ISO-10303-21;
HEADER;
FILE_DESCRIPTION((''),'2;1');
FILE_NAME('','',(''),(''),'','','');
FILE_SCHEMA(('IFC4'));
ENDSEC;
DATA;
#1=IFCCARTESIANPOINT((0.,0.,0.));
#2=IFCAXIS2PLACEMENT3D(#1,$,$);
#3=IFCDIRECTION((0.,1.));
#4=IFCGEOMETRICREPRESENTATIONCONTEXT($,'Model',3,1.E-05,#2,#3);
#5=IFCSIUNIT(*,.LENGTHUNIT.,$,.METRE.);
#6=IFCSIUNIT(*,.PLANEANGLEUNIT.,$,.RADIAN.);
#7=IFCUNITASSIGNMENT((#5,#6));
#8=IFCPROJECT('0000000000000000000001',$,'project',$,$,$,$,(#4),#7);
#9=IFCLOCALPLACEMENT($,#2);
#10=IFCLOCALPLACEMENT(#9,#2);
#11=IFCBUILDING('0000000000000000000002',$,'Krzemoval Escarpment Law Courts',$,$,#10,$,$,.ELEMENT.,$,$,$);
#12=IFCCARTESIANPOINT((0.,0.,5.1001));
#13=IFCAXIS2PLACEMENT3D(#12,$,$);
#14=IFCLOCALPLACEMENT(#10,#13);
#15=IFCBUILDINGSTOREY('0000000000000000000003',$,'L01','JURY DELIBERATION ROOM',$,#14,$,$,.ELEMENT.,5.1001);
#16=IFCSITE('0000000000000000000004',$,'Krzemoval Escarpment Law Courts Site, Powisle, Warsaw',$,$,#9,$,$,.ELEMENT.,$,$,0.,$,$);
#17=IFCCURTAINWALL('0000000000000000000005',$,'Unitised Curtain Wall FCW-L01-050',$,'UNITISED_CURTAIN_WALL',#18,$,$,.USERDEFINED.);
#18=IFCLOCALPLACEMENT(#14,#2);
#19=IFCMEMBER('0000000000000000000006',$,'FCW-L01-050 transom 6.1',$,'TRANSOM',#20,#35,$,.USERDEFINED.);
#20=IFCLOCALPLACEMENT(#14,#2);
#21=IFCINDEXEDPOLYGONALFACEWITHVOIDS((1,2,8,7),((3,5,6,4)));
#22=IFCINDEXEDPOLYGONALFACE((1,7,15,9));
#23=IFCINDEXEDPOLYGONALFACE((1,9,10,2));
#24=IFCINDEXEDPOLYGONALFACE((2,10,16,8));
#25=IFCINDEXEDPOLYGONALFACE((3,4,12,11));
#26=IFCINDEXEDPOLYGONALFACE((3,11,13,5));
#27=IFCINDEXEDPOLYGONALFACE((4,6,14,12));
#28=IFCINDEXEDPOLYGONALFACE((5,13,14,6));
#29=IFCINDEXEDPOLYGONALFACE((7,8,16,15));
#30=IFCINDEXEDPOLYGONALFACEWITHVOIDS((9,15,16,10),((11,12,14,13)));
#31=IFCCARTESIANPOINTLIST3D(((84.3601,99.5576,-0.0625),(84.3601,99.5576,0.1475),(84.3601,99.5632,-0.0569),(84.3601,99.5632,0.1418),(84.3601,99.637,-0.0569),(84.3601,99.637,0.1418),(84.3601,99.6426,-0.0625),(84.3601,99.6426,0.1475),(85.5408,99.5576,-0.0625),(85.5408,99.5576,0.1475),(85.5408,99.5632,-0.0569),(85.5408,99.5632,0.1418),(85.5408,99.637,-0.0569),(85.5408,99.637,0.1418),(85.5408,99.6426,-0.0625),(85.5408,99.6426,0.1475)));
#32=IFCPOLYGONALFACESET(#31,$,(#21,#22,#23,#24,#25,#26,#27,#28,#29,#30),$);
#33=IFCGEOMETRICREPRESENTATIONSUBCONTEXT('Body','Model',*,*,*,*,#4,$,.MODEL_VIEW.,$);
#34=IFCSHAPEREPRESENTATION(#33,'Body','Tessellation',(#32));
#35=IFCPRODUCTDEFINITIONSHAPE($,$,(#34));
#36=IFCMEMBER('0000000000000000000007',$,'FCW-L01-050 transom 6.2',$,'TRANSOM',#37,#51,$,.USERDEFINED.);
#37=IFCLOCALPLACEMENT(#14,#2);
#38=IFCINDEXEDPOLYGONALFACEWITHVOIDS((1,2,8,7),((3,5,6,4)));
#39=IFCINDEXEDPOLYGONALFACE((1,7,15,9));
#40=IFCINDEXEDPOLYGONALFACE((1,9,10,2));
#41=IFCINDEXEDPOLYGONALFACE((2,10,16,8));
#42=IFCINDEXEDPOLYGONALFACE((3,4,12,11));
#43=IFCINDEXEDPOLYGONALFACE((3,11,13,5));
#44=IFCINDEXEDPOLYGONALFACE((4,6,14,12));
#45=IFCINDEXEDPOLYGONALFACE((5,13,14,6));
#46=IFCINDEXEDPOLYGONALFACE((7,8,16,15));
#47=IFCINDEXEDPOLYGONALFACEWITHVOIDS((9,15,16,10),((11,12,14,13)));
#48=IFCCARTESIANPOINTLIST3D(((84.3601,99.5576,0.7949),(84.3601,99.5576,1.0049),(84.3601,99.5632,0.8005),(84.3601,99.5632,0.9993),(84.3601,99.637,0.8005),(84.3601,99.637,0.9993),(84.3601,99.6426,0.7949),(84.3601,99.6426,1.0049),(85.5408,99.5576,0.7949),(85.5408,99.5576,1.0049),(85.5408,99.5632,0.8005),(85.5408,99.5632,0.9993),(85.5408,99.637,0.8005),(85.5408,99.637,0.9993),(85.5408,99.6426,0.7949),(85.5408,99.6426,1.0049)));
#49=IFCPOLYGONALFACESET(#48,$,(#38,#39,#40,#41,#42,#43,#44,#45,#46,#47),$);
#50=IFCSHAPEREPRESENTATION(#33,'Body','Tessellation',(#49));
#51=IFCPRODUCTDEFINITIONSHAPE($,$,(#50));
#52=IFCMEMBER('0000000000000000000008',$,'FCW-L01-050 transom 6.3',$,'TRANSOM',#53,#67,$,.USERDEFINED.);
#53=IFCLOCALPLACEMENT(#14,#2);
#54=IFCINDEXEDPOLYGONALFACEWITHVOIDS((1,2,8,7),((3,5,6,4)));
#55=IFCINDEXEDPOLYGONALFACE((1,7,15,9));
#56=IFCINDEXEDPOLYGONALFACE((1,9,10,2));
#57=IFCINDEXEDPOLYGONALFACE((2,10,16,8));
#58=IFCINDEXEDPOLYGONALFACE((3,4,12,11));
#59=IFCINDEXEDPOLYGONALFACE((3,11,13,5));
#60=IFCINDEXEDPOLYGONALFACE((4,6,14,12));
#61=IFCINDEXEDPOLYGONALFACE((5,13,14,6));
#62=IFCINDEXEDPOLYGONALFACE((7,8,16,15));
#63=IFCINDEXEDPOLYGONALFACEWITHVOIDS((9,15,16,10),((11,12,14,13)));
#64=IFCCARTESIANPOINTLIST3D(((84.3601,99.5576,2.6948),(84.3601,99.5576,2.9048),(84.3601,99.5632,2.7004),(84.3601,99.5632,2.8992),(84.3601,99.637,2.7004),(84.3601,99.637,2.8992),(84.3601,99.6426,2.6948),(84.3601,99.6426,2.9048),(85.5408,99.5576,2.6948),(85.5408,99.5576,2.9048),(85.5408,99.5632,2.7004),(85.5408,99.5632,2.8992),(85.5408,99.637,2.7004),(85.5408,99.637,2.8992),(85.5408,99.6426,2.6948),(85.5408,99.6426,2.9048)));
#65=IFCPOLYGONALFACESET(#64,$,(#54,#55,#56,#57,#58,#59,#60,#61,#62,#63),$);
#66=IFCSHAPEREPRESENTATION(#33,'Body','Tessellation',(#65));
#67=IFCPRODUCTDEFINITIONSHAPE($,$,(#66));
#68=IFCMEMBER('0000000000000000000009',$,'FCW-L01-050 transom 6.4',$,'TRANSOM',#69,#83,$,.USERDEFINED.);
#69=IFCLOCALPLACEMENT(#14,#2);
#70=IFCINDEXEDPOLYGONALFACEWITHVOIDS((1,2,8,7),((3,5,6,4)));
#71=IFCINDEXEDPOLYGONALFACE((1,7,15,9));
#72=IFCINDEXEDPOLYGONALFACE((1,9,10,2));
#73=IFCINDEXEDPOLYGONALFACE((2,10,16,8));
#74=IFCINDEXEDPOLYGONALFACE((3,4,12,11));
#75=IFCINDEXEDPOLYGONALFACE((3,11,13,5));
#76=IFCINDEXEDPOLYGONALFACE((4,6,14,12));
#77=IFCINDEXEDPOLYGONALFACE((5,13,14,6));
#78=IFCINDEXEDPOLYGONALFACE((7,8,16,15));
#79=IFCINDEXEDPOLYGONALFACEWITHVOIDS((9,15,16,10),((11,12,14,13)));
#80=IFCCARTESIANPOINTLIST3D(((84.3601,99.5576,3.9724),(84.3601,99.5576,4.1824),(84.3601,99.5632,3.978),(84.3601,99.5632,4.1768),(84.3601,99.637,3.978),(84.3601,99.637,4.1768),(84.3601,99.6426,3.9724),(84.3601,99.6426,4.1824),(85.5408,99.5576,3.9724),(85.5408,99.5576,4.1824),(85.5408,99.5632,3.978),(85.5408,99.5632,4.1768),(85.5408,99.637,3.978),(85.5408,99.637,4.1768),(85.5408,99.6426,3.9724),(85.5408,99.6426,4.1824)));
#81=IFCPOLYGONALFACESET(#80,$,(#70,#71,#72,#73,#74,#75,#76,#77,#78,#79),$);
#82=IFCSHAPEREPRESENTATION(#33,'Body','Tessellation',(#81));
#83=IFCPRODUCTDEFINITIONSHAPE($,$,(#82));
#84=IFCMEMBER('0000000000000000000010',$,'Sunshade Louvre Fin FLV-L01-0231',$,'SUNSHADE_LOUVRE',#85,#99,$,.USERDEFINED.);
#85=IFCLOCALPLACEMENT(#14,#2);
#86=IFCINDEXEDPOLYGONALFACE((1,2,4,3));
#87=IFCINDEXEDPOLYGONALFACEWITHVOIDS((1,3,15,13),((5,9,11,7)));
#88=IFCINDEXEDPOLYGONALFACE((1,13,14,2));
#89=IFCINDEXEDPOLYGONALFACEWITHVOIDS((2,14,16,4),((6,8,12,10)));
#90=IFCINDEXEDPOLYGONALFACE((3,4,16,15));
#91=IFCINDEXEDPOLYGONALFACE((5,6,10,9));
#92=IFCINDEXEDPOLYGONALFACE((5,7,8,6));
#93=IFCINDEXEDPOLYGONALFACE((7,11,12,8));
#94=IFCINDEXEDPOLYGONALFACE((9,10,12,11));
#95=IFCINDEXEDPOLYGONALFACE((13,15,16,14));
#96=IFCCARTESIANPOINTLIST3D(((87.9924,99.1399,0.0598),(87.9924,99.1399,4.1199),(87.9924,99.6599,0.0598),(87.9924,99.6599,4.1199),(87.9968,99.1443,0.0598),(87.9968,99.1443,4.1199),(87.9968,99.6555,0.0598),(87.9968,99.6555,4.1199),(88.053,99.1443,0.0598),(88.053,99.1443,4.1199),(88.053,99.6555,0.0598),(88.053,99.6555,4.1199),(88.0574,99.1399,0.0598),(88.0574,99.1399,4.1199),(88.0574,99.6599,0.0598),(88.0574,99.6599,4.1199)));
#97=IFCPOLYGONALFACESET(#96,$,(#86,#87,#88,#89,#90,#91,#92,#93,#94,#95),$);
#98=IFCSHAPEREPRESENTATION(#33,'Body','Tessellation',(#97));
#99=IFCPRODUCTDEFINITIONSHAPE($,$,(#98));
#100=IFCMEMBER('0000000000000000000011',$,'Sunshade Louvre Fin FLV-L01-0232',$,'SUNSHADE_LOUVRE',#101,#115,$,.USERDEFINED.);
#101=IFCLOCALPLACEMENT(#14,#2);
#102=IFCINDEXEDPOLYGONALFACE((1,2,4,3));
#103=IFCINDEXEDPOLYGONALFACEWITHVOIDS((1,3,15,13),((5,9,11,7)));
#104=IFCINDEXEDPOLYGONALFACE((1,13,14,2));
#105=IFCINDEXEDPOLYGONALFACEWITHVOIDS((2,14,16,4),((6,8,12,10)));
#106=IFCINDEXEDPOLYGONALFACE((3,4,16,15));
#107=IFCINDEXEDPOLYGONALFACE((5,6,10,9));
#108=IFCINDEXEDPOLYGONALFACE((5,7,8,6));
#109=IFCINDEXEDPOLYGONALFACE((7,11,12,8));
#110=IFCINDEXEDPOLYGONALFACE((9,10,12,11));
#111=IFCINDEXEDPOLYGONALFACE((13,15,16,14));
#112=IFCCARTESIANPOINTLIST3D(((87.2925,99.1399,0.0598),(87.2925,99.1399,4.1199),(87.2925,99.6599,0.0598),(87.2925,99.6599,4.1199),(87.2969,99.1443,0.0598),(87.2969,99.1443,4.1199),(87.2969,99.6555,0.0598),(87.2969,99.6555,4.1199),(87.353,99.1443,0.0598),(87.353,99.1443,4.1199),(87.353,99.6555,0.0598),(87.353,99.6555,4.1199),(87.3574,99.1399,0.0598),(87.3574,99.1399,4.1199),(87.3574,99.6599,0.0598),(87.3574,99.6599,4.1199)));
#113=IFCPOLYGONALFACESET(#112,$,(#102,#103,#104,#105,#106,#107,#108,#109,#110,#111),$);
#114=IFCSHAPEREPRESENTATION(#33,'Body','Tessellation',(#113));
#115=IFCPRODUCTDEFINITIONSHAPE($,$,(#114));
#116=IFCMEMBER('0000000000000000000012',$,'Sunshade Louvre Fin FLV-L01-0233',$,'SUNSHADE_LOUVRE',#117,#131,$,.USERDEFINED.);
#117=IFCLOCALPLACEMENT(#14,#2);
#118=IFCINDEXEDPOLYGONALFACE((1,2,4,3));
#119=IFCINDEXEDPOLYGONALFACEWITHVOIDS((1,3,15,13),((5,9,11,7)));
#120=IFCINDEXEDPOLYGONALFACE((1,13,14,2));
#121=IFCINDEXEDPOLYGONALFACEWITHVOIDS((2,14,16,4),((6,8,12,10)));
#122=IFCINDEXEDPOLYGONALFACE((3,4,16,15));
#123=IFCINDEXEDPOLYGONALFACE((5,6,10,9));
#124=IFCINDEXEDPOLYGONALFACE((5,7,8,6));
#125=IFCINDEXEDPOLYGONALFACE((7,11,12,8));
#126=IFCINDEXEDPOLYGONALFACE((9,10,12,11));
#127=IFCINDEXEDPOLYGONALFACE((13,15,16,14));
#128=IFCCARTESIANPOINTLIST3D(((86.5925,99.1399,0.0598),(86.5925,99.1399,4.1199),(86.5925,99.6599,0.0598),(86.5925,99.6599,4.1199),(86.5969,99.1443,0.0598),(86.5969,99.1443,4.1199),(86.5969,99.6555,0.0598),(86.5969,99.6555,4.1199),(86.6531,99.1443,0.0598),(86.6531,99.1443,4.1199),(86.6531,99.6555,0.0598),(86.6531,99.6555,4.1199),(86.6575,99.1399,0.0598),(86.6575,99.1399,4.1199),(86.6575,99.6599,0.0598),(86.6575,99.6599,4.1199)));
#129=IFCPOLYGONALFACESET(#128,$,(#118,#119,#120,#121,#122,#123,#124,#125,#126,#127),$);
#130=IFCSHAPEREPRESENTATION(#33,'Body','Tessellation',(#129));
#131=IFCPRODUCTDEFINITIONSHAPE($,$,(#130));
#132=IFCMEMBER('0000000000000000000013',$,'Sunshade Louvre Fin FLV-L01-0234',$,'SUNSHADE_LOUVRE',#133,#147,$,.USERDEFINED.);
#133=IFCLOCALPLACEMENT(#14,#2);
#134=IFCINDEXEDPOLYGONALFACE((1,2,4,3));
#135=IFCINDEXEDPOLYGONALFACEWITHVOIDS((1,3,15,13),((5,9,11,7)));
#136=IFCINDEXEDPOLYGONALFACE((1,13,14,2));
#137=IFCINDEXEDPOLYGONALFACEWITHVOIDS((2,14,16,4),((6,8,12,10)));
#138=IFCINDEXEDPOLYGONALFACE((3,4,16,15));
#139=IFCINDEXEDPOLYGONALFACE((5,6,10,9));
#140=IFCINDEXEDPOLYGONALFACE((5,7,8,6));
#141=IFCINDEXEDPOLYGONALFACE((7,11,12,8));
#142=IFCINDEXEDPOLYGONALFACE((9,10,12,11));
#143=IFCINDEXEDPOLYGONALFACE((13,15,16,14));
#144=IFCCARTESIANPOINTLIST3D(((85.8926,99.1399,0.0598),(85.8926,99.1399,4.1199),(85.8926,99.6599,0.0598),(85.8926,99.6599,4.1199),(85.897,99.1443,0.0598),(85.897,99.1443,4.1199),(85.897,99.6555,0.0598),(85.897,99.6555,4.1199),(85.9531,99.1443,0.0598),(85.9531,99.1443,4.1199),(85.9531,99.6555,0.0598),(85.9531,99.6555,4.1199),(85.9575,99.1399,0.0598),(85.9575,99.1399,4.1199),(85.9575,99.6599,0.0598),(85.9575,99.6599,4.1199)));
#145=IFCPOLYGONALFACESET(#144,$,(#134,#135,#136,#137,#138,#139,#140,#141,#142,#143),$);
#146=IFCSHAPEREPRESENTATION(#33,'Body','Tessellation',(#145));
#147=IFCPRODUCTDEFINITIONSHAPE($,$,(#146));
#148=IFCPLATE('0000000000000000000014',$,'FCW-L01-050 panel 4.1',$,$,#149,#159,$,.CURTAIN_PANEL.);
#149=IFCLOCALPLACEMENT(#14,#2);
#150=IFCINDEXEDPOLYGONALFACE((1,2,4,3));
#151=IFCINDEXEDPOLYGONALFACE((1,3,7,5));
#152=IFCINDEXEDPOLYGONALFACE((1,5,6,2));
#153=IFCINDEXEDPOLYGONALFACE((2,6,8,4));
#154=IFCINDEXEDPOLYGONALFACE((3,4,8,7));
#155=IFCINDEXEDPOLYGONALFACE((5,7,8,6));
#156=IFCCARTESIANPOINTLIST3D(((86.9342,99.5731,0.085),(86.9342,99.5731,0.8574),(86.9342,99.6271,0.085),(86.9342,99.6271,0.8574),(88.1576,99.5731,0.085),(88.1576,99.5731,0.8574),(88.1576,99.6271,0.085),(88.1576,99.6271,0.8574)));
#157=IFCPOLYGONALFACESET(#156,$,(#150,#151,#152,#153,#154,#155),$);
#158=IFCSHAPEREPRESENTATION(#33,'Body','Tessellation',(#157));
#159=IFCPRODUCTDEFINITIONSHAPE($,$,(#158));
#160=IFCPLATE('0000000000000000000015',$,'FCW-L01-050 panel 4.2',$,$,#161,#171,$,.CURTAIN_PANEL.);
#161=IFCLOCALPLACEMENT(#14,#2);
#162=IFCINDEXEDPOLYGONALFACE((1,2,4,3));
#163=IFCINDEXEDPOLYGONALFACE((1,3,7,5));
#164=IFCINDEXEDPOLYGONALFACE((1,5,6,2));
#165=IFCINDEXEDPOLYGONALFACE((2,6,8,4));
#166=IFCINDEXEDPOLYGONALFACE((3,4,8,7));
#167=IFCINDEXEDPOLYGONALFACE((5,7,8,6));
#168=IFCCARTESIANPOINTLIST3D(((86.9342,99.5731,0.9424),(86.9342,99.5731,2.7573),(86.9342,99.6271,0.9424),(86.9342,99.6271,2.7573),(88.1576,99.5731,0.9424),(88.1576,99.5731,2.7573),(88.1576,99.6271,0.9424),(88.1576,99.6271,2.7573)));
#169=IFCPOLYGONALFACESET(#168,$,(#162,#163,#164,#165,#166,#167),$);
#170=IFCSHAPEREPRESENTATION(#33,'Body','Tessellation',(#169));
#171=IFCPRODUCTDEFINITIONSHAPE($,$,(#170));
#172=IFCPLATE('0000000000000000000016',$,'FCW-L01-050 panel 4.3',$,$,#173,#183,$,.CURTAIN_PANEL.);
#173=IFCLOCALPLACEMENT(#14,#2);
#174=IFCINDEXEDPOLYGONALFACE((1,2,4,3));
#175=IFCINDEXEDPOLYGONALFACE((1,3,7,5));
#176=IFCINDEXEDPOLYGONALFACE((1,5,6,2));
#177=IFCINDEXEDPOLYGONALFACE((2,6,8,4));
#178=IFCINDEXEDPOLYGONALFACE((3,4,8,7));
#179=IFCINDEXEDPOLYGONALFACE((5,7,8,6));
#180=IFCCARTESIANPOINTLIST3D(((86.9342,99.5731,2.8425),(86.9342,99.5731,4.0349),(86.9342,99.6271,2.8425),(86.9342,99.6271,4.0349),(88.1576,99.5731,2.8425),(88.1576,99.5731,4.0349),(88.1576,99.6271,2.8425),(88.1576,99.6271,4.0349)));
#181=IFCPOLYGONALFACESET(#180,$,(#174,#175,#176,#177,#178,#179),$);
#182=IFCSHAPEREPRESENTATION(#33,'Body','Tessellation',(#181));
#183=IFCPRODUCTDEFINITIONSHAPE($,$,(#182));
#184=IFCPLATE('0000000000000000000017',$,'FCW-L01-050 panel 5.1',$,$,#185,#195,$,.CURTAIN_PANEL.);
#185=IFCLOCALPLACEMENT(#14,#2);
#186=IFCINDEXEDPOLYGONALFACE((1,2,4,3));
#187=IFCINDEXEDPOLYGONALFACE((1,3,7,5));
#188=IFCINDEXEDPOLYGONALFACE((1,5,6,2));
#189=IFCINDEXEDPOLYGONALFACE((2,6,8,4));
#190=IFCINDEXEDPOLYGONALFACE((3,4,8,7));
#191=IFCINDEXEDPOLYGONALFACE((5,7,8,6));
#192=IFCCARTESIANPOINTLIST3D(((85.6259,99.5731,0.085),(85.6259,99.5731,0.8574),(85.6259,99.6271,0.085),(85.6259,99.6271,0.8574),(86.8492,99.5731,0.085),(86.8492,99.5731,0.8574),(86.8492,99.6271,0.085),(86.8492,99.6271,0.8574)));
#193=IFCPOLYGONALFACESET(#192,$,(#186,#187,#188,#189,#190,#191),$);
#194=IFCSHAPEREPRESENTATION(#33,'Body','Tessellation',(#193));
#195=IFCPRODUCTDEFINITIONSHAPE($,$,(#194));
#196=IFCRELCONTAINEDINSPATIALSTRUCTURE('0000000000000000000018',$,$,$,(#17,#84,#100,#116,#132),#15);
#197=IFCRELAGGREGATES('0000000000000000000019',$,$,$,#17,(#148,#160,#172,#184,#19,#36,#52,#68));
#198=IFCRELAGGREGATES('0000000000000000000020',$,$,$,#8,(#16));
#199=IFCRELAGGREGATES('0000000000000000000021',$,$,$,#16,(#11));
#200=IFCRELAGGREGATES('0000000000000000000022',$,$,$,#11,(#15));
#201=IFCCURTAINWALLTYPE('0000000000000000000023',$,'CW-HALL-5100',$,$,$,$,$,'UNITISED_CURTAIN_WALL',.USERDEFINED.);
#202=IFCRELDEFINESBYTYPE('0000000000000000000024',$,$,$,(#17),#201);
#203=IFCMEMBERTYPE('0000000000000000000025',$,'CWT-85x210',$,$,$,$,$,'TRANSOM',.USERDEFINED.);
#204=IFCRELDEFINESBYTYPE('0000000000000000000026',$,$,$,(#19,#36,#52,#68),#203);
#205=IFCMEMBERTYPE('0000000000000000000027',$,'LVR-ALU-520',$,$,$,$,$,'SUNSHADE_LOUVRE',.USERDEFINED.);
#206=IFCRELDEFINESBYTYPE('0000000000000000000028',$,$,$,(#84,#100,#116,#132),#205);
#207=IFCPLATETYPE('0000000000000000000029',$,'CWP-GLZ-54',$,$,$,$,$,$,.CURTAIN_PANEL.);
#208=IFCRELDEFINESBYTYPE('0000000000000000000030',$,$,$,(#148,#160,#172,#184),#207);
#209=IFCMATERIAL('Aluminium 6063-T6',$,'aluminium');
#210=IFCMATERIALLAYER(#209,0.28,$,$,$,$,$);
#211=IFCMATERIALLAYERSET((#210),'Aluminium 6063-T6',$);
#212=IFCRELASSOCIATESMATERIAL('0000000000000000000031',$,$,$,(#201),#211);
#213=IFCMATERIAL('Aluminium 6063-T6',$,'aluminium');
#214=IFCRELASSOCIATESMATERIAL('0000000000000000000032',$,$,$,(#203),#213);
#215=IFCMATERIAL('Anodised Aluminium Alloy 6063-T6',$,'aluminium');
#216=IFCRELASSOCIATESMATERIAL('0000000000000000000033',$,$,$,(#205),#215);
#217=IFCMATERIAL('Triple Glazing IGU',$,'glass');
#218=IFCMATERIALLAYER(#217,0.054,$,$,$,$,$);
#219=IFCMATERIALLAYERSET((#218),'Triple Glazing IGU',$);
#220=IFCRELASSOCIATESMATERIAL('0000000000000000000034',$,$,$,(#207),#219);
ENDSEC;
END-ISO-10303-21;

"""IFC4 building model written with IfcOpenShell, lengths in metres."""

from ifc_helpers import new_model, si_unit, direction, frame, origin, origin_2d, place, context, subcontext, project, spatial, rectangle, hollow_rectangle, extrude, material, layer, layer_set, material_profile, profile_set, type_object, element, aggregate, save


model = new_model("IFC4")

# Units and contexts
model_context = context("Model", 3, precision=1e-05, world=origin(), true_north=direction((0.0, 1.0)))
body_context = subcontext(model_context, "Body", "Model", "MODEL_VIEW")
ifc_project = project(units=[si_unit("LENGTHUNIT", "METRE"), si_unit("PLANEANGLEUNIT", "RADIAN")], contexts=[model_context])

# Site, building, storey
site_placement = place(None, origin())
site = spatial("IfcSite", under=ifc_project, at=site_placement, Name="Krzemoval Escarpment Law Courts Site, Powisle, Warsaw", CompositionType="ELEMENT", RefElevation=0.0)
building_placement = place(site_placement, origin())
building = spatial("IfcBuilding", under=site, at=building_placement, Name="Krzemoval Escarpment Law Courts", CompositionType="ELEMENT")
storey_placement = place(building_placement, frame((0.0, 0.0, 5.1001)))
storey = spatial("IfcBuildingStorey", under=building, at=storey_placement, Name="L01", Description="JURY DELIBERATION ROOM", CompositionType="ELEMENT", Elevation=5.1001)

# Curtain wall, members
ifc_material_1 = material(Name="Aluminium 6063-T6", Category="aluminium")
ifc_layer_1 = layer(ifc_material_1, 0.28)
ifc_layer_set_1 = layer_set([ifc_layer_1], Name="Aluminium 6063-T6")
curtain_wall_type = type_object("IfcCurtainWallType", Name="CW-HALL-5100", ElementType="UNITISED_CURTAIN_WALL", PredefinedType="USERDEFINED", material=ifc_layer_set_1)
curtain_wall_placement = place(storey_placement, origin())
curtain_wall = element("IfcCurtainWall", 1, at=curtain_wall_placement, inside=storey, type_object=curtain_wall_type, Name="Unitised Curtain Wall FCW-L01-050", ObjectType="UNITISED_CURTAIN_WALL", PredefinedType="USERDEFINED")
ifc_material_2 = material(Name="Aluminium 6063-T6", Category="aluminium")
ifc_material_profile_1 = material_profile(ifc_material_2, hollow_rectangle(XDim=0.085, YDim=0.21, WallThickness=0.0056, at=origin_2d()), Name="ALU T85x210")
ifc_profile_set_1 = profile_set([ifc_material_profile_1], Name="Aluminium 6063-T6")
member_type_1 = type_object("IfcMemberType", Name="CWT-85x210", ElementType="TRANSOM", PredefinedType="USERDEFINED", material=ifc_profile_set_1)
member_1_placement = place(storey_placement, frame((85.5408, 99.6001, 0.0425), z_axis=(-1.0, 0.0, 0.0), x_axis=(0.0, -1.0, 0.0)))
member_1 = element("IfcMember", 2, at=member_1_placement, type_object=member_type_1, Name="FCW-L01-050 transom 6.1", ObjectType="TRANSOM", PredefinedType="USERDEFINED", context=body_context, shape_type="SweptSolid", body=[
    extrude(hollow_rectangle(XDim=0.085, YDim=0.21, WallThickness=0.0056, at=origin_2d()), origin(), (0.0, 0.0, 1.0), 1.1807),
])
member_2_placement = place(storey_placement, frame((85.5408, 99.6001, 0.8999), z_axis=(-1.0, 0.0, 0.0), x_axis=(0.0, -1.0, 0.0)))
member_2 = element("IfcMember", 3, at=member_2_placement, type_object=member_type_1, Name="FCW-L01-050 transom 6.2", ObjectType="TRANSOM", PredefinedType="USERDEFINED", context=body_context, shape_type="SweptSolid", body=[
    extrude(hollow_rectangle(XDim=0.085, YDim=0.21, WallThickness=0.0056, at=origin_2d()), origin(), (0.0, 0.0, 1.0), 1.1807),
])
member_3_placement = place(storey_placement, frame((85.5408, 99.6001, 2.7998), z_axis=(-1.0, 0.0, 0.0), x_axis=(0.0, -1.0, 0.0)))
member_3 = element("IfcMember", 4, at=member_3_placement, type_object=member_type_1, Name="FCW-L01-050 transom 6.3", ObjectType="TRANSOM", PredefinedType="USERDEFINED", context=body_context, shape_type="SweptSolid", body=[
    extrude(hollow_rectangle(XDim=0.085, YDim=0.21, WallThickness=0.0056, at=origin_2d()), origin(), (0.0, 0.0, 1.0), 1.1807),
])
member_4_placement = place(storey_placement, frame((85.5408, 99.6001, 4.0774), z_axis=(-1.0, 0.0, 0.0), x_axis=(0.0, -1.0, 0.0)))
member_4 = element("IfcMember", 5, at=member_4_placement, type_object=member_type_1, Name="FCW-L01-050 transom 6.4", ObjectType="TRANSOM", PredefinedType="USERDEFINED", context=body_context, shape_type="SweptSolid", body=[
    extrude(hollow_rectangle(XDim=0.085, YDim=0.21, WallThickness=0.0056, at=origin_2d()), origin(), (0.0, 0.0, 1.0), 1.1807),
])

# Members
ifc_material_3 = material(Name="Anodised Aluminium Alloy 6063-T6", Category="aluminium")
ifc_material_profile_2 = material_profile(ifc_material_3, hollow_rectangle(XDim=0.0649, YDim=0.52, WallThickness=0.0044, at=origin_2d()), Name="ALU LVR 65x520")
ifc_profile_set_2 = profile_set([ifc_material_profile_2], Name="Anodised Aluminium Alloy 6063-T6")
member_type_2 = type_object("IfcMemberType", Name="LVR-ALU-520", ElementType="SUNSHADE_LOUVRE", PredefinedType="USERDEFINED", material=ifc_profile_set_2)
for number, where, z_axis, x_axis, name in (
    (6, (88.0249, 99.3999, 0.0598), (0.0, 0.0, 1.0), (1.0, 0.0, 0.0), "Sunshade Louvre Fin FLV-L01-0231"),
    (7, (87.325, 99.3999, 0.0598), (0.0, 0.0, 1.0), (1.0, 0.0, 0.0), "Sunshade Louvre Fin FLV-L01-0232"),
    (8, (86.625, 99.3999, 0.0598), (0.0, 0.0, 1.0), (1.0, 0.0, 0.0), "Sunshade Louvre Fin FLV-L01-0233"),
    (9, (85.925, 99.3999, 0.0598), (0.0, 0.0, 1.0), (1.0, 0.0, 0.0), "Sunshade Louvre Fin FLV-L01-0234"),
):
    element("IfcMember", number, at=place(storey_placement, frame(where, z_axis=z_axis, x_axis=x_axis)), inside=storey, type_object=member_type_2, Name=name, ObjectType="SUNSHADE_LOUVRE", PredefinedType="USERDEFINED", context=body_context, shape_type="SweptSolid", body=[
        extrude(hollow_rectangle(XDim=0.0649, YDim=0.52, WallThickness=0.0044, at=origin_2d()), origin(), (0.0, 0.0, 1.0), 4.0601),
    ])

# Plates
ifc_material_4 = material(Name="Triple Glazing IGU", Category="glass")
ifc_layer_2 = layer(ifc_material_4, 0.054)
ifc_layer_set_2 = layer_set([ifc_layer_2], Name="Triple Glazing IGU")
plate_type = type_object("IfcPlateType", Name="CWP-GLZ-54", PredefinedType="CURTAIN_PANEL", material=ifc_layer_set_2)
plate_1_placement = place(storey_placement, frame((87.5459, 99.6001, 0.085), z_axis=(0.0, 0.0, 1.0), x_axis=(-1.0, 0.0, 0.0)))
plate_1 = element("IfcPlate", 10, at=plate_1_placement, type_object=plate_type, Name="FCW-L01-050 panel 4.1", PredefinedType="CURTAIN_PANEL", context=body_context, shape_type="SweptSolid", body=[
    extrude(rectangle(XDim=1.2234, YDim=0.054, at=origin_2d()), origin(), (0.0, 0.0, 1.0), 0.7725),
])
plate_2_placement = place(storey_placement, frame((87.5459, 99.6001, 0.9424), z_axis=(0.0, 0.0, 1.0), x_axis=(-1.0, 0.0, 0.0)))
plate_2 = element("IfcPlate", 11, at=plate_2_placement, type_object=plate_type, Name="FCW-L01-050 panel 4.2", PredefinedType="CURTAIN_PANEL", context=body_context, shape_type="SweptSolid", body=[
    extrude(rectangle(XDim=1.2234, YDim=0.054, at=origin_2d()), origin(), (0.0, 0.0, 1.0), 1.8149),
])
plate_3_placement = place(storey_placement, frame((87.5459, 99.6001, 2.8425), z_axis=(0.0, 0.0, 1.0), x_axis=(-1.0, 0.0, 0.0)))
plate_3 = element("IfcPlate", 12, at=plate_3_placement, type_object=plate_type, Name="FCW-L01-050 panel 4.3", PredefinedType="CURTAIN_PANEL", context=body_context, shape_type="SweptSolid", body=[
    extrude(rectangle(XDim=1.2234, YDim=0.054, at=origin_2d()), origin(), (0.0, 0.0, 1.0), 1.1924),
])
plate_4_placement = place(storey_placement, frame((86.2375, 99.6001, 0.085), z_axis=(0.0, 0.0, 1.0), x_axis=(-1.0, 0.0, 0.0)))
plate_4 = element("IfcPlate", 13, at=plate_4_placement, type_object=plate_type, Name="FCW-L01-050 panel 5.1", PredefinedType="CURTAIN_PANEL", context=body_context, shape_type="SweptSolid", body=[
    extrude(rectangle(XDim=1.2234, YDim=0.054, at=origin_2d()), origin(), (0.0, 0.0, 1.0), 0.7725),
])
aggregate(curtain_wall, [plate_1, plate_2, plate_3, plate_4, member_1, member_2, member_3, member_4])

save(model, "model.ifc")
